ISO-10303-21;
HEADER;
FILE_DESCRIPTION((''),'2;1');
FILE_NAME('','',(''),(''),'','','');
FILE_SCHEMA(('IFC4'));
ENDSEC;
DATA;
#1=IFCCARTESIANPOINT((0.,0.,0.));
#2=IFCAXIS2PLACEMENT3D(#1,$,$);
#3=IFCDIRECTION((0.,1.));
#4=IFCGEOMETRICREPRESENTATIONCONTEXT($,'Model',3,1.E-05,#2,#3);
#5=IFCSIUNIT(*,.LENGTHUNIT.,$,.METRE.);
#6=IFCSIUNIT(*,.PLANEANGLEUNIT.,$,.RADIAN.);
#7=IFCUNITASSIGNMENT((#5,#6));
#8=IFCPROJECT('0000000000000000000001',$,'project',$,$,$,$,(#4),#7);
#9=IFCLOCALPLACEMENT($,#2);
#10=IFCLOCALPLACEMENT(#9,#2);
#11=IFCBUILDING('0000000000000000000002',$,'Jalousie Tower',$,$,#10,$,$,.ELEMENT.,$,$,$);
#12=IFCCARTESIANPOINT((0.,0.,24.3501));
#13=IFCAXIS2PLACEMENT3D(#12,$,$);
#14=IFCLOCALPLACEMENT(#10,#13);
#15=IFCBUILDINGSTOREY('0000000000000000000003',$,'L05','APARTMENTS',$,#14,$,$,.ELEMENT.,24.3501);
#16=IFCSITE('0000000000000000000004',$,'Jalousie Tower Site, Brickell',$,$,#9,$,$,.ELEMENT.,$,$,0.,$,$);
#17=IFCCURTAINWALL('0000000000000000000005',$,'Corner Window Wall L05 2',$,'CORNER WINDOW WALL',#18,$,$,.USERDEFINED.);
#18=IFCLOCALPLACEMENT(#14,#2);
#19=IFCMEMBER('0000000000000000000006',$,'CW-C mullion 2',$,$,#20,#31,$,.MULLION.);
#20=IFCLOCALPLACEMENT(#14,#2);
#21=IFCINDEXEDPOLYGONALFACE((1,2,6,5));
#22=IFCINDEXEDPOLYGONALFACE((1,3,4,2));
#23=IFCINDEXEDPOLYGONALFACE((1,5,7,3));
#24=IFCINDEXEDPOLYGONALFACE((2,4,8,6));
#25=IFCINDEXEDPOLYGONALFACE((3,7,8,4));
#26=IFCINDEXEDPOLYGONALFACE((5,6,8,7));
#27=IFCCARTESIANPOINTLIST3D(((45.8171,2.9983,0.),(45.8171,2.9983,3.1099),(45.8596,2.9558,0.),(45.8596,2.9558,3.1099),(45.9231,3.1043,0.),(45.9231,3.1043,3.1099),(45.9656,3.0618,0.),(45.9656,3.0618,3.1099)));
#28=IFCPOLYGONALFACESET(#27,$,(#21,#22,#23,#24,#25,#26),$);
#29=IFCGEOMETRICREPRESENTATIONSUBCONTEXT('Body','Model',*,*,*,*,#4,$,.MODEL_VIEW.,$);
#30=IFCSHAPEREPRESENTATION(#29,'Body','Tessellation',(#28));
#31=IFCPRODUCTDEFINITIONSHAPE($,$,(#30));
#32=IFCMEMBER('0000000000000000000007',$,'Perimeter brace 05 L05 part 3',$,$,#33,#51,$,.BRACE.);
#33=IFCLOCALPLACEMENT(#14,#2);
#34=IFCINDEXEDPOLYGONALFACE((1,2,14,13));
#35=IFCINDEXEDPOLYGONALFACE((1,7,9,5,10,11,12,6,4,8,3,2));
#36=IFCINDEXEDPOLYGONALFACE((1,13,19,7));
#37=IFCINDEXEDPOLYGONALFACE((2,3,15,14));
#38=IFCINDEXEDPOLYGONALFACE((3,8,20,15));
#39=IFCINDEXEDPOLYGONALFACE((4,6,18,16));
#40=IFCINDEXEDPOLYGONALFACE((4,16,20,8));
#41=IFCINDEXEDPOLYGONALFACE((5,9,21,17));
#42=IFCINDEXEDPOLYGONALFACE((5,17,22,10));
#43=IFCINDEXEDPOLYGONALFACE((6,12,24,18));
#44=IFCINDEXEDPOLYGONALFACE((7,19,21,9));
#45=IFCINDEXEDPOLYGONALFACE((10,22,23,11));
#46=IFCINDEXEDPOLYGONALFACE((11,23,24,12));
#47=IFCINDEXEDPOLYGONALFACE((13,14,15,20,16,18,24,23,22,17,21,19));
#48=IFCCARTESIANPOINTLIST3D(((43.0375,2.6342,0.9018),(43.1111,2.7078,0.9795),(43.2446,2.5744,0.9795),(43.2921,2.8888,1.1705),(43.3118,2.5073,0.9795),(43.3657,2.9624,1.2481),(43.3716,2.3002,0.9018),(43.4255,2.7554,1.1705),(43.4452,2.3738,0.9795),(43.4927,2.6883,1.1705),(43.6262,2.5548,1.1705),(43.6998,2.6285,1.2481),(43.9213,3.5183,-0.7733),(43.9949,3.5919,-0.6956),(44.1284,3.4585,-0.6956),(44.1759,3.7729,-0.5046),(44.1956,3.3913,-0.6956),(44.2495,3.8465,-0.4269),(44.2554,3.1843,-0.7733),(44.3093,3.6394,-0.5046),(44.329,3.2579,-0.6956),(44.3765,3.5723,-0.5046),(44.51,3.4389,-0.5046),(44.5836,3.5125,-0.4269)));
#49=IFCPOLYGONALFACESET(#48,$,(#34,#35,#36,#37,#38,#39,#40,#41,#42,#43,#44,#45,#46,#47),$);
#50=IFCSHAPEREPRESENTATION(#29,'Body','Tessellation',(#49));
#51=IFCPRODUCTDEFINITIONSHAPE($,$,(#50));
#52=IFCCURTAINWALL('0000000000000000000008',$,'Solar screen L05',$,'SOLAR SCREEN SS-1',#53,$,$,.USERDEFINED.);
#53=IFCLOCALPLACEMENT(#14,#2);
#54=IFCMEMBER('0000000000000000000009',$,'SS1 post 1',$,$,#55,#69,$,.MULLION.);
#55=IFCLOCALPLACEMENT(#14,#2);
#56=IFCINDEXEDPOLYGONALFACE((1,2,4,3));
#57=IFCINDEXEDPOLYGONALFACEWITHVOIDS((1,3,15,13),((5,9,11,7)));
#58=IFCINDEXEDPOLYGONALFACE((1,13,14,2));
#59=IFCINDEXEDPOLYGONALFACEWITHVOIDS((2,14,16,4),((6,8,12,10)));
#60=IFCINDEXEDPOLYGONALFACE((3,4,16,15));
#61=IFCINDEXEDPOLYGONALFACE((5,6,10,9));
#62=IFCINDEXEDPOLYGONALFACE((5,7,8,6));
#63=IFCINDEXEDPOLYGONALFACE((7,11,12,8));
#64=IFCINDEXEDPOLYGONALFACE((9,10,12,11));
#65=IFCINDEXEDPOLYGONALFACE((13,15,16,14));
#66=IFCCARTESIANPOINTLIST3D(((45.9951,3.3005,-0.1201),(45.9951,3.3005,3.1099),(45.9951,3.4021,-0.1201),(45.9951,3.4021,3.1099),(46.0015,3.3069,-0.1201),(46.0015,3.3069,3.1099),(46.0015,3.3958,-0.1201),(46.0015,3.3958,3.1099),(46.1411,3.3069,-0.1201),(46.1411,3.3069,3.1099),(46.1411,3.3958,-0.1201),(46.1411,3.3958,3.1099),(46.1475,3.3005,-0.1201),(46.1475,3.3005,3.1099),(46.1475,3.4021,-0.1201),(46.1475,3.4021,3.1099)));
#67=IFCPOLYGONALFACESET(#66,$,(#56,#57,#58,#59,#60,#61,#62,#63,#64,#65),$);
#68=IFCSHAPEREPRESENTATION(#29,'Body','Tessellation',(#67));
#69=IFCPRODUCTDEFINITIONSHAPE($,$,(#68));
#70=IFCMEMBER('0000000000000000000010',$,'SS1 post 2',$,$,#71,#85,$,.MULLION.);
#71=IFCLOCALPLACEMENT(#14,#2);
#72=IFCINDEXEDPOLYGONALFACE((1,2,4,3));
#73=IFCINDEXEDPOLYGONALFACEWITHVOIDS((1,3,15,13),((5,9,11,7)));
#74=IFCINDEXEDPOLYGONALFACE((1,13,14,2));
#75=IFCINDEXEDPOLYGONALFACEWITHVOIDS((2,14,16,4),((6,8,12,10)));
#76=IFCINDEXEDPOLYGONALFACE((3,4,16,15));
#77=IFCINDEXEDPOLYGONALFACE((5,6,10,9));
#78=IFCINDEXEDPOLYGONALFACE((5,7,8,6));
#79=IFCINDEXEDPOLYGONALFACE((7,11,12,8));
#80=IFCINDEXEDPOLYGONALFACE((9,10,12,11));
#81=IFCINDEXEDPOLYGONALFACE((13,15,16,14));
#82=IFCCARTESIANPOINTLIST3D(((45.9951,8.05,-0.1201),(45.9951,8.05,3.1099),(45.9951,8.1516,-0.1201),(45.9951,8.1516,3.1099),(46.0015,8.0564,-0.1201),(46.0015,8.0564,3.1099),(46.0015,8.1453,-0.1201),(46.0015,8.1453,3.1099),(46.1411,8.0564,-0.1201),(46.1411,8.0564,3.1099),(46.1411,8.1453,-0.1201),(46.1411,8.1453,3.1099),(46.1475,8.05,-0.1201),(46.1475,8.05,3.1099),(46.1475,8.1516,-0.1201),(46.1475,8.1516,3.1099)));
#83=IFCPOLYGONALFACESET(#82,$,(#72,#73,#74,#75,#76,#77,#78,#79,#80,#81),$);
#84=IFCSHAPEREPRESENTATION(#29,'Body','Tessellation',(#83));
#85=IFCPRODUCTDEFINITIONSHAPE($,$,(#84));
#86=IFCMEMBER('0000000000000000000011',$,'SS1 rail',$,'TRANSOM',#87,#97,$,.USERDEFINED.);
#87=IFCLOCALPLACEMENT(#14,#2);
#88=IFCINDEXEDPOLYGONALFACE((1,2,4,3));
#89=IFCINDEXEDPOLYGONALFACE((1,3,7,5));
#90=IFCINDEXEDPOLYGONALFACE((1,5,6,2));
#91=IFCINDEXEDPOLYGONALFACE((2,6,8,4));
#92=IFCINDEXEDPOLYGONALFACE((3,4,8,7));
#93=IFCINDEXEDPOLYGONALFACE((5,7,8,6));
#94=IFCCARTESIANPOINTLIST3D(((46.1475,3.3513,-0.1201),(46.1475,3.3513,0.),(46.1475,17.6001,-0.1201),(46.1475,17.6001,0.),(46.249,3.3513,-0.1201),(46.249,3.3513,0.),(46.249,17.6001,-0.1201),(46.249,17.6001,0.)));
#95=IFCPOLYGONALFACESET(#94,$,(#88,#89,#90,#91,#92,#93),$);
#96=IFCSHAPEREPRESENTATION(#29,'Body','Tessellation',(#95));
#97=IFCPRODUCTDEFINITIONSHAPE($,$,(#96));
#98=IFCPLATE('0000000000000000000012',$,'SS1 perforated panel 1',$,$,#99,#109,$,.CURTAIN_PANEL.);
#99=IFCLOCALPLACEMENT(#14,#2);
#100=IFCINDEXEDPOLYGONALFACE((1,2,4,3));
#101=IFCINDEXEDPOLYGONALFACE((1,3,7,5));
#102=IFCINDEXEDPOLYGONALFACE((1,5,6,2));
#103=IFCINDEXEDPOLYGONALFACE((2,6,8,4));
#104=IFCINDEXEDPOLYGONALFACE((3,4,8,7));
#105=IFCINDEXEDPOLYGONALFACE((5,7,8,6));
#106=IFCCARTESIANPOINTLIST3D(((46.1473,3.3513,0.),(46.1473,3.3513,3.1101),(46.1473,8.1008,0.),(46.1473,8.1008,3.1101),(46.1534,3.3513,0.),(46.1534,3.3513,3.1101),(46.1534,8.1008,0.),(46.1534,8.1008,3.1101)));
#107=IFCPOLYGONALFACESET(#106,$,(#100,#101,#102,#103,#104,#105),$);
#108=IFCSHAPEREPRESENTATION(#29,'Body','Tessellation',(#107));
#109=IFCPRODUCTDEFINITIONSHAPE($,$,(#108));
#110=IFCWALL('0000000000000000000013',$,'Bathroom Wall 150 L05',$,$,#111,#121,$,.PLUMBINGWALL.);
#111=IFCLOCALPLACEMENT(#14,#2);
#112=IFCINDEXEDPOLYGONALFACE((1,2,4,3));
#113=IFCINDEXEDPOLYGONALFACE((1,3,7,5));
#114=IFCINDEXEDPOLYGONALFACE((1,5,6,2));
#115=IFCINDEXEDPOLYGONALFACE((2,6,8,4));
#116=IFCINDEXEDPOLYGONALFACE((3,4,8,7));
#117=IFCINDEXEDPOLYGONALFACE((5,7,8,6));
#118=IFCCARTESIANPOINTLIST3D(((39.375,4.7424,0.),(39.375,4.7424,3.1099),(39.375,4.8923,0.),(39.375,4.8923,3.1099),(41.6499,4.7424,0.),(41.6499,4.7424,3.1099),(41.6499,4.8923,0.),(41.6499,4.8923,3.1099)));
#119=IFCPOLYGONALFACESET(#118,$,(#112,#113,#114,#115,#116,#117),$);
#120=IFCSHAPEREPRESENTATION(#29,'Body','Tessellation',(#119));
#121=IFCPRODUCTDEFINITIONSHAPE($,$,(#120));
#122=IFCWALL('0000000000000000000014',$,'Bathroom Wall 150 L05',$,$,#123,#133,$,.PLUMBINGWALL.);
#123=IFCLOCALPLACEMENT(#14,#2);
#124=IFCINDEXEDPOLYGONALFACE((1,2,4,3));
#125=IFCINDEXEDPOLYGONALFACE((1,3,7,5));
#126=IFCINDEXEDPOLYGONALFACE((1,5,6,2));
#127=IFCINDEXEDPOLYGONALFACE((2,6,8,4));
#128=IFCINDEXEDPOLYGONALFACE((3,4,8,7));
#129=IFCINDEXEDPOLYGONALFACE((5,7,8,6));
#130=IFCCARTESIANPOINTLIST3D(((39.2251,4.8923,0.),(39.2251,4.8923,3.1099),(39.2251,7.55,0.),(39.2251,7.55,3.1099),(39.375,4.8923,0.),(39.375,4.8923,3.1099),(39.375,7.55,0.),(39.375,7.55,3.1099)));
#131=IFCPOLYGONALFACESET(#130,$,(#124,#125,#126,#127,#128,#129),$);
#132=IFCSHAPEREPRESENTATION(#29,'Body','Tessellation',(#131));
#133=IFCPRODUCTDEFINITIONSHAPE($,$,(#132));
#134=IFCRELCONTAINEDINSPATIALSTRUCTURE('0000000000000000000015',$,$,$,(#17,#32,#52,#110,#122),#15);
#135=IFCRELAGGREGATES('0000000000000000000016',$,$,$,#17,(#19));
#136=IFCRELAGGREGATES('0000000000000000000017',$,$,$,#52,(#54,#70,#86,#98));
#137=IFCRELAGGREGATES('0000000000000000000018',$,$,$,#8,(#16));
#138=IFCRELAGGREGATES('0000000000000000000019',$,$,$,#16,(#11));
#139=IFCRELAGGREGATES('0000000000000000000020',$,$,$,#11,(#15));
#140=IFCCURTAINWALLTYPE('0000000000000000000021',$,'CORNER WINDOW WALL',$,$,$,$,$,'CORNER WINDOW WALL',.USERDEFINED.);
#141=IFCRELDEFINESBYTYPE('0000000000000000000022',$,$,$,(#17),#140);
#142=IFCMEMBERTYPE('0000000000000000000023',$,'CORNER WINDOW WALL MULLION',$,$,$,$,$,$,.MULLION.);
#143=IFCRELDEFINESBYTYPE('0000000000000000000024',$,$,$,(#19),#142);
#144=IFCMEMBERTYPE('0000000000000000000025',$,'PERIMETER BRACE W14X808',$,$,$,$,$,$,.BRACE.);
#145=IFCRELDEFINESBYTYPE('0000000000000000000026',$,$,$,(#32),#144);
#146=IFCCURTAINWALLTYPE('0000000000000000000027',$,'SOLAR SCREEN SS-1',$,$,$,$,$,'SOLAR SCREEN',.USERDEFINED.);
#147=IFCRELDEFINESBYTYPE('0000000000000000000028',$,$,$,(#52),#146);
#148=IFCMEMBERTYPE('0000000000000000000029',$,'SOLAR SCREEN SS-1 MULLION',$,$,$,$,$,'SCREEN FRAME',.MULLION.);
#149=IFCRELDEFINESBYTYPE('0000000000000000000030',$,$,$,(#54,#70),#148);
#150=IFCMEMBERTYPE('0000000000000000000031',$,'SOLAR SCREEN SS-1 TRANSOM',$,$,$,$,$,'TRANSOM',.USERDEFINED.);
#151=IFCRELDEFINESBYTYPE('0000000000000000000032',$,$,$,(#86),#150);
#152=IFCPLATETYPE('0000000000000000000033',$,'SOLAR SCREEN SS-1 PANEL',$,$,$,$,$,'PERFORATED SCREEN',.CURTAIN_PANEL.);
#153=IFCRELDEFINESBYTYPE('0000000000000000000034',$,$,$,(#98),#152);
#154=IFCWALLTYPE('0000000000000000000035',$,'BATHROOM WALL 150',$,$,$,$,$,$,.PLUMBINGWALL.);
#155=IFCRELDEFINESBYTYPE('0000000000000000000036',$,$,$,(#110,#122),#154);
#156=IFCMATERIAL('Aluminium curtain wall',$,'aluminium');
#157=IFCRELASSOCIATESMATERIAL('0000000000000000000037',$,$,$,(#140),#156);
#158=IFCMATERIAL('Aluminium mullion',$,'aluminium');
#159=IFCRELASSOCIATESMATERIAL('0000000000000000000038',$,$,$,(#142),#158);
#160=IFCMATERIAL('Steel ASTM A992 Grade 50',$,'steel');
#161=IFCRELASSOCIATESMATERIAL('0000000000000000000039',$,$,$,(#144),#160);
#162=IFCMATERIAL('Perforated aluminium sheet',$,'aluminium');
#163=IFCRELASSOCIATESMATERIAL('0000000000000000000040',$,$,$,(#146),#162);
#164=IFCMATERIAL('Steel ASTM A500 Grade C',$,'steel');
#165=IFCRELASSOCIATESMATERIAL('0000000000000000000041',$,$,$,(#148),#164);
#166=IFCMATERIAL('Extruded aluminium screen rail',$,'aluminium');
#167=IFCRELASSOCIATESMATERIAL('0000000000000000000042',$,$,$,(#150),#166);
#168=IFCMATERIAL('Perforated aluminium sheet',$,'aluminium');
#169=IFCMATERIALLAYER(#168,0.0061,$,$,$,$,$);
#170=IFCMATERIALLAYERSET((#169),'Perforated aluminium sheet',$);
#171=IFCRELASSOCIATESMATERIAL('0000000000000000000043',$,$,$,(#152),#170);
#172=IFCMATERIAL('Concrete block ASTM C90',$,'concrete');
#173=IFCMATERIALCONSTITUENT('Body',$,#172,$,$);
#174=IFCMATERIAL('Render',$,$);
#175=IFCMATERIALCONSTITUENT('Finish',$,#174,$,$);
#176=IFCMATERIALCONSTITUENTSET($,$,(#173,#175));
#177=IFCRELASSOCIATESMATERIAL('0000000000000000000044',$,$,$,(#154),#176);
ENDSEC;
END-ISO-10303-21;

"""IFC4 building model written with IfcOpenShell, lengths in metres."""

from ifc_helpers import new_model, si_unit, direction, frame, frame_2d, origin, origin_2d, place, context, subcontext, project, spatial, rectangle, hollow_rectangle, i_section, extrude, material, layer, layer_set, constituent, constituent_set, material_profile, profile_set, type_object, element, aggregate, save


model = new_model("IFC4")

# Units and contexts
model_context = context("Model", 3, precision=1e-05, world=origin(), true_north=direction((0.0, 1.0)))
body_context = subcontext(model_context, "Body", "Model", "MODEL_VIEW")
ifc_project = project(units=[si_unit("LENGTHUNIT", "METRE"), si_unit("PLANEANGLEUNIT", "RADIAN")], contexts=[model_context])

# Site, building, storey
site_placement = place(None, origin())
site = spatial("IfcSite", under=ifc_project, at=site_placement, Name="Jalousie Tower Site, Brickell", CompositionType="ELEMENT", RefElevation=0.0)
building_placement = place(site_placement, origin())
building = spatial("IfcBuilding", under=site, at=building_placement, Name="Jalousie Tower", CompositionType="ELEMENT")
storey_placement = place(building_placement, frame((0.0, 0.0, 24.3501)))
storey = spatial("IfcBuildingStorey", under=building, at=storey_placement, Name="L05", Description="APARTMENTS", CompositionType="ELEMENT", Elevation=24.3501)

# Curtain wall, member
ifc_material_1 = material(Name="Aluminium curtain wall", Category="aluminium")
curtain_wall_type_1 = type_object("IfcCurtainWallType", Name="CORNER WINDOW WALL", ElementType="CORNER WINDOW WALL", PredefinedType="USERDEFINED", material=ifc_material_1)
curtain_wall_1_placement = place(storey_placement, origin())
curtain_wall_1 = element("IfcCurtainWall", 1, at=curtain_wall_1_placement, inside=storey, type_object=curtain_wall_type_1, Name="Corner Window Wall L05 2", ObjectType="CORNER WINDOW WALL", PredefinedType="USERDEFINED")
ifc_material_2 = material(Name="Aluminium mullion", Category="aluminium")
ifc_material_profile_1 = material_profile(ifc_material_2, rectangle(XDim=0.0601, YDim=0.1499, at=origin_2d()), Name="MULLION 60x150")
ifc_profile_set_1 = profile_set([ifc_material_profile_1], Name="Aluminium mullion")
member_type_1 = type_object("IfcMemberType", Name="CORNER WINDOW WALL MULLION", PredefinedType="MULLION", material=ifc_profile_set_1)
member_1_placement = place(storey_placement, frame((45.8914, 3.03, 0.0), z_axis=(0.0, 0.0, 1.0), x_axis=(-0.707107, 0.707107, 0.0)))
member_1 = element("IfcMember", 2, at=member_1_placement, type_object=member_type_1, Name="CW-C mullion 2", PredefinedType="MULLION", context=body_context, shape_type="SweptSolid", body=[
    extrude(rectangle(XDim=0.0601, YDim=0.1499, at=origin_2d()), origin(), (0.0, 0.0, 1.0), 3.1099),
])
aggregate(curtain_wall_1, [member_1])

# Member
ifc_material_3 = material(Name="Steel ASTM A992 Grade 50", Category="steel")
ifc_material_profile_2 = material_profile(ifc_material_3, i_section(OverallWidth=0.4724, OverallDepth=0.5791, WebThickness=0.095, FlangeThickness=0.1299, at=origin_2d()), Name="W14X808")
ifc_profile_set_2 = profile_set([ifc_material_profile_2], Name="Steel ASTM A992 Grade 50")
member_type_2 = type_object("IfcMemberType", Name="PERIMETER BRACE W14X808", PredefinedType="BRACE", material=ifc_profile_set_2)
member_2_placement = place(storey_placement, frame((44.2524, 3.5154, -0.6001), z_axis=(-0.422852, -0.422969, 0.801432), x_axis=(0.707204, -0.707009, 0.0)))
element("IfcMember", 3, at=member_2_placement, inside=storey, type_object=member_type_2, Name="Perimeter brace 05 L05 part 3", PredefinedType="BRACE", context=body_context, shape_type="SweptSolid", body=[
    extrude(i_section(OverallWidth=0.4724, OverallDepth=0.5791, WebThickness=0.095, FlangeThickness=0.1299, at=origin_2d()), origin(), (0.0, 0.0, 1.0), 2.0901),
])

# Curtain wall, members, plate
ifc_material_4 = material(Name="Perforated aluminium sheet", Category="aluminium")
curtain_wall_type_2 = type_object("IfcCurtainWallType", Name="SOLAR SCREEN SS-1", ElementType="SOLAR SCREEN", PredefinedType="USERDEFINED", material=ifc_material_4)
curtain_wall_2_placement = place(storey_placement, origin())
curtain_wall_2 = element("IfcCurtainWall", 4, at=curtain_wall_2_placement, inside=storey, type_object=curtain_wall_type_2, Name="Solar screen L05", ObjectType="SOLAR SCREEN SS-1", PredefinedType="USERDEFINED")
ifc_material_5 = material(Name="Steel ASTM A500 Grade C", Category="steel")
ifc_material_profile_3 = material_profile(ifc_material_5, hollow_rectangle(XDim=0.1016, YDim=0.1523, WallThickness=0.0063, at=origin_2d()), Name="HSS6X4X1/4")
ifc_profile_set_3 = profile_set([ifc_material_profile_3], Name="Steel ASTM A500 Grade C")
member_type_3 = type_object("IfcMemberType", Name="SOLAR SCREEN SS-1 MULLION", ElementType="SCREEN FRAME", PredefinedType="MULLION", material=ifc_profile_set_3)
member_3_placement = place(storey_placement, frame((46.0713, 3.3513, -0.1201), z_axis=(0.0, 0.0, 1.0), x_axis=(0.0, 1.0, 0.0)))
member_3 = element("IfcMember", 5, at=member_3_placement, type_object=member_type_3, Name="SS1 post 1", PredefinedType="MULLION", context=body_context, shape_type="SweptSolid", body=[
    extrude(hollow_rectangle(XDim=0.1016, YDim=0.1523, WallThickness=0.0063, at=origin_2d()), origin(), (0.0, 0.0, 1.0), 3.23),
])
member_4_placement = place(storey_placement, frame((46.0713, 8.1008, -0.1201), z_axis=(0.0, 0.0, 1.0), x_axis=(0.0, 1.0, 0.0)))
member_4 = element("IfcMember", 6, at=member_4_placement, type_object=member_type_3, Name="SS1 post 2", PredefinedType="MULLION", context=body_context, shape_type="SweptSolid", body=[
    extrude(hollow_rectangle(XDim=0.1016, YDim=0.1523, WallThickness=0.0063, at=origin_2d()), origin(), (0.0, 0.0, 1.0), 3.23),
])
ifc_material_6 = material(Name="Extruded aluminium screen rail", Category="aluminium")
ifc_material_profile_4 = material_profile(ifc_material_6, rectangle(XDim=0.1016, YDim=0.1201, at=origin_2d()), Name="RAIL 102x120")
ifc_profile_set_4 = profile_set([ifc_material_profile_4], Name="Extruded aluminium screen rail")
member_type_4 = type_object("IfcMemberType", Name="SOLAR SCREEN SS-1 TRANSOM", ElementType="TRANSOM", PredefinedType="USERDEFINED", material=ifc_profile_set_4)
member_5_placement = place(storey_placement, frame((46.1982, 3.3513, -0.0601), z_axis=(0.0, 1.0, 0.0), x_axis=(-1.0, 0.0, 0.0)))
member_5 = element("IfcMember", 7, at=member_5_placement, type_object=member_type_4, Name="SS1 rail", ObjectType="TRANSOM", PredefinedType="USERDEFINED", context=body_context, shape_type="SweptSolid", body=[
    extrude(rectangle(XDim=0.1016, YDim=0.1201, at=origin_2d()), origin(), (0.0, 0.0, 1.0), 14.2488),
])
ifc_material_7 = material(Name="Perforated aluminium sheet", Category="aluminium")
ifc_layer_1 = layer(ifc_material_7, 0.0061)
ifc_layer_set_1 = layer_set([ifc_layer_1], Name="Perforated aluminium sheet")
plate_type = type_object("IfcPlateType", Name="SOLAR SCREEN SS-1 PANEL", ElementType="PERFORATED SCREEN", PredefinedType="CURTAIN_PANEL", material=ifc_layer_set_1)
plate_placement = place(storey_placement, frame((46.1504, 5.7261, 0.0), z_axis=(0.0, 0.0, 1.0), x_axis=(0.0, 1.0, 0.0)))
plate = element("IfcPlate", 8, at=plate_placement, type_object=plate_type, Name="SS1 perforated panel 1", PredefinedType="CURTAIN_PANEL", context=body_context, shape_type="SweptSolid", body=[
    extrude(rectangle(XDim=4.7495, YDim=0.0061, at=origin_2d()), origin(), (0.0, 0.0, 1.0), 3.1101),
])
aggregate(curtain_wall_2, [member_3, member_4, member_5, plate])

# Walls
ifc_material_8 = material(Name="Concrete block ASTM C90", Category="concrete")
ifc_constituent_1 = constituent(ifc_material_8, Name="Body")
ifc_material_9 = material(Name="Render")
ifc_constituent_2 = constituent(ifc_material_9, Name="Finish")
ifc_constituent_set_1 = constituent_set(constituents=[ifc_constituent_1, ifc_constituent_2])
wall_type_1 = type_object("IfcWallType", Name="BATHROOM WALL 150", PredefinedType="PLUMBINGWALL", material=ifc_constituent_set_1)
wall_1_placement = place(storey_placement, frame((39.375, 4.8174, 0.0), z_axis=(0.0, 0.0, 1.0), x_axis=(1.0, 0.0, 0.0)))
element("IfcWall", 9, at=wall_1_placement, inside=storey, type_object=wall_type_1, Name="Bathroom Wall 150 L05", PredefinedType="PLUMBINGWALL", context=body_context, shape_type="SweptSolid", body=[
    extrude(rectangle(XDim=2.2749, YDim=0.1499, at=frame_2d((1.1375, 0.0))), origin(), (0.0, 0.0, 1.0), 3.1099),
])
wall_2_placement = place(storey_placement, frame((39.3, 4.8923, 0.0), z_axis=(0.0, 0.0, 1.0), x_axis=(0.0, 1.0, 0.0)))
element("IfcWall", 10, at=wall_2_placement, inside=storey, type_object=wall_type_1, Name="Bathroom Wall 150 L05", PredefinedType="PLUMBINGWALL", context=body_context, shape_type="SweptSolid", body=[
    extrude(rectangle(XDim=2.6577, YDim=0.1499, at=frame_2d((1.3289, 0.0))), origin(), (0.0, 0.0, 1.0), 3.1099),
])

save(model, "model.ifc")
